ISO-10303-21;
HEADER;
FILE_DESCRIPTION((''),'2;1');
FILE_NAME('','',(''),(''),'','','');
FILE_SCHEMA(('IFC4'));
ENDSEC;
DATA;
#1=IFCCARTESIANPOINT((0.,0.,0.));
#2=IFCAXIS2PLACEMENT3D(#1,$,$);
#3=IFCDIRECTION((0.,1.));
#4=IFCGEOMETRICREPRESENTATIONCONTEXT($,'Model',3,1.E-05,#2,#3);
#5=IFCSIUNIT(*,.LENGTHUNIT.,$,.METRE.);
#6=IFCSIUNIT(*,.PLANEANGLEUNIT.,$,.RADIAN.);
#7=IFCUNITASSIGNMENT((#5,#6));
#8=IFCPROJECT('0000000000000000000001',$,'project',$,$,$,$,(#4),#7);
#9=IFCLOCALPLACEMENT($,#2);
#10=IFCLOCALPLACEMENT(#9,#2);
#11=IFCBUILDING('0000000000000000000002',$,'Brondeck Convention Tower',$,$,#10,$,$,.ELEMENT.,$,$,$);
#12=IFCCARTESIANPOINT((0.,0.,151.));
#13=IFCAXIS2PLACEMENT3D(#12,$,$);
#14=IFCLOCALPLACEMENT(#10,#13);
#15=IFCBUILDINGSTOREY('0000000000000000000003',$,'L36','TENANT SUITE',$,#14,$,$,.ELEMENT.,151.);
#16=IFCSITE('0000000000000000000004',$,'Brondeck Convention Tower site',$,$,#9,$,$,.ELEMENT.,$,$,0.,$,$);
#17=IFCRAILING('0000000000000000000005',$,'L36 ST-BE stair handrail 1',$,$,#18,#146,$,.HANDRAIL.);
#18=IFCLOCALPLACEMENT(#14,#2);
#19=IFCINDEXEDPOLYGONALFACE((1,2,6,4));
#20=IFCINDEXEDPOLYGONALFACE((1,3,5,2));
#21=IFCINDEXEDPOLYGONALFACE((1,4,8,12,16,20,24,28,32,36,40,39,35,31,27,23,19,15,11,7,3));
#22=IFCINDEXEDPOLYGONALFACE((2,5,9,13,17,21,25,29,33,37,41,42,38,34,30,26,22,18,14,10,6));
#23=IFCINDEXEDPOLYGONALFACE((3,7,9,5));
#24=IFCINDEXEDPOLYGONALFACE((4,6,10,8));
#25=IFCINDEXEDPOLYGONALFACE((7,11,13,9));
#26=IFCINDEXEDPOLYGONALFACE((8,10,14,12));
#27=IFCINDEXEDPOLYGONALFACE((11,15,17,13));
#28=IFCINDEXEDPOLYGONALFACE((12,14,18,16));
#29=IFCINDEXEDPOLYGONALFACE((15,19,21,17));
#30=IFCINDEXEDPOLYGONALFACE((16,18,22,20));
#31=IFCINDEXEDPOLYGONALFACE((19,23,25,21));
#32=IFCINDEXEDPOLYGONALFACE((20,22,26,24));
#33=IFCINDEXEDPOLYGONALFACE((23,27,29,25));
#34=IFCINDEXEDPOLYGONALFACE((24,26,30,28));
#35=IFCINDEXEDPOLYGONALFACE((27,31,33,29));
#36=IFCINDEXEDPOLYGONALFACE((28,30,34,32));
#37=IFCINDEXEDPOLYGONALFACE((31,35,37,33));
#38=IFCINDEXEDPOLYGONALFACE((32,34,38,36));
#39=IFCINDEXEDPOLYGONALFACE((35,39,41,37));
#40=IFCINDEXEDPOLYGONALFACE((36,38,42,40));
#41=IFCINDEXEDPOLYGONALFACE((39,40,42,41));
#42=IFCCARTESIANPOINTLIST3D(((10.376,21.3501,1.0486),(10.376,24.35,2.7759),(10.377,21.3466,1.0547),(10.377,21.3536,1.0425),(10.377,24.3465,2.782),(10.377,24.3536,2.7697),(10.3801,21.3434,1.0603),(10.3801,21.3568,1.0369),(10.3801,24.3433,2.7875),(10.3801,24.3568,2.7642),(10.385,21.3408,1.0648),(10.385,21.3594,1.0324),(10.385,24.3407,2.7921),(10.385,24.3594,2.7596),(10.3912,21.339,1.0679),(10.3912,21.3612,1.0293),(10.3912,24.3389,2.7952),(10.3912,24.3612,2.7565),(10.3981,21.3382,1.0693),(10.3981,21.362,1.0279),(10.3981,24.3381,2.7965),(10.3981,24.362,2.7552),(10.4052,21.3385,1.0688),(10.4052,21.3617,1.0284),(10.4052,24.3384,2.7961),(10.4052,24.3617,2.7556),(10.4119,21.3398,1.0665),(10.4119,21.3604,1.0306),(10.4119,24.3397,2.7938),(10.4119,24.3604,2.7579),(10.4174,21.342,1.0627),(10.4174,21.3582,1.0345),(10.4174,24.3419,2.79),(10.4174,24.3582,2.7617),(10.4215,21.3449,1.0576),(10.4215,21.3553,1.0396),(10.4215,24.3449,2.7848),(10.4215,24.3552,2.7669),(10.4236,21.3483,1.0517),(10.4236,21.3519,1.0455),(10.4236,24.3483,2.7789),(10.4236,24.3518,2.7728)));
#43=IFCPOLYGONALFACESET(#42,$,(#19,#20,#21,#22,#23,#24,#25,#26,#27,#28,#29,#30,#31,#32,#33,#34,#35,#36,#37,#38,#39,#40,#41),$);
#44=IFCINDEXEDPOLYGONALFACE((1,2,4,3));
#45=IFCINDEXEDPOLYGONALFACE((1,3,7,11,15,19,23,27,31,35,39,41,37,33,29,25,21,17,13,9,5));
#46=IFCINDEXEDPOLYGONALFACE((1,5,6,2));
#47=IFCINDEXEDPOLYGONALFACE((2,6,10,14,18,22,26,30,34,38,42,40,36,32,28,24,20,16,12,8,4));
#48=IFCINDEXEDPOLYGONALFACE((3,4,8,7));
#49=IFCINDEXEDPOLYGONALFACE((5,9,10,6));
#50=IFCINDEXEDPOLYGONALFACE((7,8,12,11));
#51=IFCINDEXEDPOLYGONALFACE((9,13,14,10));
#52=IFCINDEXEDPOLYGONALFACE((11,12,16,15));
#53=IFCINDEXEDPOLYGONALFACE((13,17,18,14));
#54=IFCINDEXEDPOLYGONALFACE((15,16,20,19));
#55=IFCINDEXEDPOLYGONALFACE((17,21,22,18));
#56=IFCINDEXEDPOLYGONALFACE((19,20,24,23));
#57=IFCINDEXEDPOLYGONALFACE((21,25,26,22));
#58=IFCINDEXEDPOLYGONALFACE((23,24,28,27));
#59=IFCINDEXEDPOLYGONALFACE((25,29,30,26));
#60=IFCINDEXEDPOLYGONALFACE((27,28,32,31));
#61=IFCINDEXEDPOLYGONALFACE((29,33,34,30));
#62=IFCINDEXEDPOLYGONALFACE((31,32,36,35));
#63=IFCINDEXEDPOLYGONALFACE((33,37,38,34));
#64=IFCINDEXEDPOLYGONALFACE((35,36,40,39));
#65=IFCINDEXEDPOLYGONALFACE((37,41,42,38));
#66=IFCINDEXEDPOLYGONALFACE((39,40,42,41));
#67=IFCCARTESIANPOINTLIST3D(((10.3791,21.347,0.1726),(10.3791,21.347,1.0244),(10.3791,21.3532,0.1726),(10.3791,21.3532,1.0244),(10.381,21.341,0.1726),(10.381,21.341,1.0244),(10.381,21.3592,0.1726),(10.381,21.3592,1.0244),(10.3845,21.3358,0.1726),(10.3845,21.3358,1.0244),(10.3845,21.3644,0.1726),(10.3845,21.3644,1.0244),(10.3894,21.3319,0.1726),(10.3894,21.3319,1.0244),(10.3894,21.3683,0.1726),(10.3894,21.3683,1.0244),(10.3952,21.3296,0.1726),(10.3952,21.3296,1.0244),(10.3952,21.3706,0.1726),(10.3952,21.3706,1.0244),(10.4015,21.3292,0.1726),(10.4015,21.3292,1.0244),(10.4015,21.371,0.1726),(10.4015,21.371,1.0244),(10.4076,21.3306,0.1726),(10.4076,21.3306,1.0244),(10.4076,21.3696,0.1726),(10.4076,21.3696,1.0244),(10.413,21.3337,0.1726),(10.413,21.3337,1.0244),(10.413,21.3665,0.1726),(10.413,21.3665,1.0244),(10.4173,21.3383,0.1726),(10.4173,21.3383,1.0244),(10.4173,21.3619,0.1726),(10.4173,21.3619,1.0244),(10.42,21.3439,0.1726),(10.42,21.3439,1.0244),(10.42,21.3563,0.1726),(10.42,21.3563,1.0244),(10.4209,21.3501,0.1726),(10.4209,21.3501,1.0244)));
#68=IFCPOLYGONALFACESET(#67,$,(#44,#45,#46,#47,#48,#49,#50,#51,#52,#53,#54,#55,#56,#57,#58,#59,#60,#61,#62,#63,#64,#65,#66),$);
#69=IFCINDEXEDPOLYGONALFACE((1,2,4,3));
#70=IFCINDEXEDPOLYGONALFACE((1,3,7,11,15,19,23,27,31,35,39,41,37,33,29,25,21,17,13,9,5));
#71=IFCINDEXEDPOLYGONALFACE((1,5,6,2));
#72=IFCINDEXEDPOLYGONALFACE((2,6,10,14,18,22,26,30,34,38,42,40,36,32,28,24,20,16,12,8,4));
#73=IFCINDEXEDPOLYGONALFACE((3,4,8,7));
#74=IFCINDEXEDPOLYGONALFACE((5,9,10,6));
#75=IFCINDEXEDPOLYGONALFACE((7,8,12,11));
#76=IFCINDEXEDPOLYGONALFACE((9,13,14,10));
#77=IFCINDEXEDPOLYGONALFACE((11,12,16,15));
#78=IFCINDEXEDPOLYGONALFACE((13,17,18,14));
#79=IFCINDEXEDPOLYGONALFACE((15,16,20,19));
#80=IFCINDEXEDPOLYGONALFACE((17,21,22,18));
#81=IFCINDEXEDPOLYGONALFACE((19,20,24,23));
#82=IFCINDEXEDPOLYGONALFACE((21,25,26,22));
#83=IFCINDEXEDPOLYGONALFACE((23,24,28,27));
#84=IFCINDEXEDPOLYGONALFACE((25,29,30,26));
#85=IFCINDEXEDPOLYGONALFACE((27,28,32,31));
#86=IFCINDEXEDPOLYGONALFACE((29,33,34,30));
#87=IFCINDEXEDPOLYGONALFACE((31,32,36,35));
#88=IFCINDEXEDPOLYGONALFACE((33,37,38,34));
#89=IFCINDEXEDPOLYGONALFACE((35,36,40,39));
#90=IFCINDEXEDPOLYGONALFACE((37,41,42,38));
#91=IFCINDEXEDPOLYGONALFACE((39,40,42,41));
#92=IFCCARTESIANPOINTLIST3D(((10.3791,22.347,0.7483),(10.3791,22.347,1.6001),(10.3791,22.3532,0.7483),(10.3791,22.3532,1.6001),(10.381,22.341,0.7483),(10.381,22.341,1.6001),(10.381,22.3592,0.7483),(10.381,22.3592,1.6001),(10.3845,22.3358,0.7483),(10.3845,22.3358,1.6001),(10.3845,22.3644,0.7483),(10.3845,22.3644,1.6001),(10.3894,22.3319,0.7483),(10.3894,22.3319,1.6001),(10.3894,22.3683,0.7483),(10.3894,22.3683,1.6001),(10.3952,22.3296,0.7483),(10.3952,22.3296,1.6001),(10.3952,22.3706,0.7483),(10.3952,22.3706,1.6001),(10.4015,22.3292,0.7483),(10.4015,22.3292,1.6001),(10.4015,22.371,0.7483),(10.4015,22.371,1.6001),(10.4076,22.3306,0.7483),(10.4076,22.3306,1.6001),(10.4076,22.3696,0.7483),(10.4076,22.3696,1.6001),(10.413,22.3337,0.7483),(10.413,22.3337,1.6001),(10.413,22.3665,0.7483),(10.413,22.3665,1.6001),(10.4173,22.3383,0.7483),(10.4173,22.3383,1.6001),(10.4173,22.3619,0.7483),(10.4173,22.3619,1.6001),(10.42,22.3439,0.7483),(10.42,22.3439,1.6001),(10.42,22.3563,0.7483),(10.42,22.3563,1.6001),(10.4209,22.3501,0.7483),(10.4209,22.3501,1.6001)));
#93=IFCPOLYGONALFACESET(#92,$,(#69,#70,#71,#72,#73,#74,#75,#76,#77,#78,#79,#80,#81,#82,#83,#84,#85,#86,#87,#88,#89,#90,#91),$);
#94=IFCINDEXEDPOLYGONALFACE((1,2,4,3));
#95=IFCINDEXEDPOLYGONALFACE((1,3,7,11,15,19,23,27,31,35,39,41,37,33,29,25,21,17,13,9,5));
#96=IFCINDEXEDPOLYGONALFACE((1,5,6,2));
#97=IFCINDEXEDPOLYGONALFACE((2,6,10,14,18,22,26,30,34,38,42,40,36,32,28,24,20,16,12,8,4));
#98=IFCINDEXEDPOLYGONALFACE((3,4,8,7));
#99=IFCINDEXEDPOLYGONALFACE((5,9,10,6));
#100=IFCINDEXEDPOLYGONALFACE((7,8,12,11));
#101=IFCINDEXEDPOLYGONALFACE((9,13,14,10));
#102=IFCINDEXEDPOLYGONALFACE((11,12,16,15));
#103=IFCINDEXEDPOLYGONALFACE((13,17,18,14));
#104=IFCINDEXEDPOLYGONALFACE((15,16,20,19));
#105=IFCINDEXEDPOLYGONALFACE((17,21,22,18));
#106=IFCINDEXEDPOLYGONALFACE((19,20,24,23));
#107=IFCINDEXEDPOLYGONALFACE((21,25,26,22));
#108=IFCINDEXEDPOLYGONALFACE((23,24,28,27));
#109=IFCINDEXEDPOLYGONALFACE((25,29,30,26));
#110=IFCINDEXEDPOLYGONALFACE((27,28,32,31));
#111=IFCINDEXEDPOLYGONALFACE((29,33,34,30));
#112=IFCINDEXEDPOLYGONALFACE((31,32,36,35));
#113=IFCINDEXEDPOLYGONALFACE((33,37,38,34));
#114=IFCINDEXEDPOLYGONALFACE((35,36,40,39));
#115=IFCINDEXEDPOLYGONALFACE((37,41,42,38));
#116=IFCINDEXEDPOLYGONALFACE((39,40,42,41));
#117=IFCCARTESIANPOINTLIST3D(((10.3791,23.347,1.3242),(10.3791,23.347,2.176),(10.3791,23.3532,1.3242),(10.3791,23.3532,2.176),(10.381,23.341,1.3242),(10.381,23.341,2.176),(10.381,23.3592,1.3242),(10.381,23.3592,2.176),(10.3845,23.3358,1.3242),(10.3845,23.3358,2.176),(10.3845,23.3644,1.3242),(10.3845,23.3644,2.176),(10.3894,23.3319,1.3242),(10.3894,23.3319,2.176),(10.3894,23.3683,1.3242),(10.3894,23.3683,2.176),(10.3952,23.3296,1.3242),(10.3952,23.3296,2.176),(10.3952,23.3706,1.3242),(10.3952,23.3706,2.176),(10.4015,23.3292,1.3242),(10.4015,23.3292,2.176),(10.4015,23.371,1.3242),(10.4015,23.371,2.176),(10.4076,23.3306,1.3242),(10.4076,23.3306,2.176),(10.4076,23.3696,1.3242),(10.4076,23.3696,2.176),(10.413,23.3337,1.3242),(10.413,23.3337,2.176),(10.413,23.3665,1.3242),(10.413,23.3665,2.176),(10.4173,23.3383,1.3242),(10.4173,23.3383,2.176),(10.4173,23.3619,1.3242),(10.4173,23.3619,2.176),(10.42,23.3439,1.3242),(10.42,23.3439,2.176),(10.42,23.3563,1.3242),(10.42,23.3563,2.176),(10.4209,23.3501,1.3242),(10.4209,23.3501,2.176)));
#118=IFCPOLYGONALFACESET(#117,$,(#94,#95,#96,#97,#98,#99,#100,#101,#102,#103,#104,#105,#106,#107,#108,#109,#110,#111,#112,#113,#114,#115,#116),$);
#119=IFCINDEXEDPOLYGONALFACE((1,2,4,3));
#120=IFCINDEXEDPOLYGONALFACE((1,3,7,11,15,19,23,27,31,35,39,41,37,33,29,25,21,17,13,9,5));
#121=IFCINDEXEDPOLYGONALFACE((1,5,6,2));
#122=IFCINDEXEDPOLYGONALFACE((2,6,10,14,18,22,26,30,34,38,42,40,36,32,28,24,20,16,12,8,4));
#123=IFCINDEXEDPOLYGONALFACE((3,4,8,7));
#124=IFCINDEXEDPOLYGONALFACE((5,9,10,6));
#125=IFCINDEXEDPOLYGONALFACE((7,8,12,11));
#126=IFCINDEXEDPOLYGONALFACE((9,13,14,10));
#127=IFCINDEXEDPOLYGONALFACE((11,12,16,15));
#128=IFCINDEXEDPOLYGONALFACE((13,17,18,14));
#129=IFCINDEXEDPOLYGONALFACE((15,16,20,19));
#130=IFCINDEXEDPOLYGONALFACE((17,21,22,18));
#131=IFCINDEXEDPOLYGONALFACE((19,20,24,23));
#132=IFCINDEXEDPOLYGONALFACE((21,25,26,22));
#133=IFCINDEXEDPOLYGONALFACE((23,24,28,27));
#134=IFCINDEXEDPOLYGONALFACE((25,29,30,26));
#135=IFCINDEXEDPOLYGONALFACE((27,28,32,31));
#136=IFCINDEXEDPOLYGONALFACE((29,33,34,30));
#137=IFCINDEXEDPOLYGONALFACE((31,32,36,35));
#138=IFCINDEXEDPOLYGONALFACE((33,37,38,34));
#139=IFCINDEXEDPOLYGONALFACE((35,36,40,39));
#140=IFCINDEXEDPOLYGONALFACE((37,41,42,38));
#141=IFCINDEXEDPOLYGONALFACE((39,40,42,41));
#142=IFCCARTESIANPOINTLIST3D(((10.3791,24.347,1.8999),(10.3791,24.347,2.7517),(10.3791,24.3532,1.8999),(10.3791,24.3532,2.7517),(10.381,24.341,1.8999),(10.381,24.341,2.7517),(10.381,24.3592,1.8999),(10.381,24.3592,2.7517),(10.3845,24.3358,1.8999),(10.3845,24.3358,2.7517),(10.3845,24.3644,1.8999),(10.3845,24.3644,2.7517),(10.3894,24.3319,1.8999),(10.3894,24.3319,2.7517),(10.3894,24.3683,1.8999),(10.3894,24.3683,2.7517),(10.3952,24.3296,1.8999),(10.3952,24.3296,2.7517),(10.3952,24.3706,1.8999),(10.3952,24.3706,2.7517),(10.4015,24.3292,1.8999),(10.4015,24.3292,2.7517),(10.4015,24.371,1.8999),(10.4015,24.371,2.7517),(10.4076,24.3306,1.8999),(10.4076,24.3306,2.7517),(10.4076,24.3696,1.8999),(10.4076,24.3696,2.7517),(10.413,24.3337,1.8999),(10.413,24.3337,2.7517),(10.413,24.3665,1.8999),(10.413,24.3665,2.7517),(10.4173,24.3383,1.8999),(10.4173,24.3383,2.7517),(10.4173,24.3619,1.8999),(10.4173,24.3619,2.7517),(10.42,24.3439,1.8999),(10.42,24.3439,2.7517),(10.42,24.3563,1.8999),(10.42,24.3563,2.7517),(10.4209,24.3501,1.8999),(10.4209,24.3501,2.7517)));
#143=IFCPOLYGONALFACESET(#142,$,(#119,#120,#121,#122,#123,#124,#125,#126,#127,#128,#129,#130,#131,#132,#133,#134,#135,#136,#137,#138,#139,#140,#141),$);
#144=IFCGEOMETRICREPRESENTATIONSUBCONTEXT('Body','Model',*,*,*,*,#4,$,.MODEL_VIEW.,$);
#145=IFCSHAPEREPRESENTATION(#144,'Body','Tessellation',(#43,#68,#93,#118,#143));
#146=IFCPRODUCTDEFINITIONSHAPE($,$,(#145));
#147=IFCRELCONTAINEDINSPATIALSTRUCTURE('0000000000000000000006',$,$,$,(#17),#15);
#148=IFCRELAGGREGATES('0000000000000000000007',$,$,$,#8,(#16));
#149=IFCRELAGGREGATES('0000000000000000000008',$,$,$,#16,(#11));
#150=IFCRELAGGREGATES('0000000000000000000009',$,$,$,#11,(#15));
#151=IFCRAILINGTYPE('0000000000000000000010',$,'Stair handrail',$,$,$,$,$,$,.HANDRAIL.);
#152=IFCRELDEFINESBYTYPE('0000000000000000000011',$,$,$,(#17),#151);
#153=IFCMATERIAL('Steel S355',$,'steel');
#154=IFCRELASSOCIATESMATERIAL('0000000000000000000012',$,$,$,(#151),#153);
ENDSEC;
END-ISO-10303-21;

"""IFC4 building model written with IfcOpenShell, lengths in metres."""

from ifc_helpers import new_model, si_unit, direction, frame, origin, origin_2d, place, context, subcontext, project, spatial, circle, extrude, material, type_object, element, save


model = new_model("IFC4")

# Units and contexts
model_context = context("Model", 3, precision=1e-05, world=origin(), true_north=direction((0.0, 1.0)))
body_context = subcontext(model_context, "Body", "Model", "MODEL_VIEW")
ifc_project = project(units=[si_unit("LENGTHUNIT", "METRE"), si_unit("PLANEANGLEUNIT", "RADIAN")], contexts=[model_context])

# Site, building, storey
site_placement = place(None, origin())
site = spatial("IfcSite", under=ifc_project, at=site_placement, Name="Brondeck Convention Tower site", CompositionType="ELEMENT", RefElevation=0.0)
building_placement = place(site_placement, origin())
building = spatial("IfcBuilding", under=site, at=building_placement, Name="Brondeck Convention Tower", CompositionType="ELEMENT")
storey_placement = place(building_placement, frame((0.0, 0.0, 151.0)))
storey = spatial("IfcBuildingStorey", under=building, at=storey_placement, Name="L36", Description="TENANT SUITE", CompositionType="ELEMENT", Elevation=151.0)

# Shared definitions
ifc_material_1 = material(Name="Steel S355", Category="steel")

# Railing
railing_type = type_object("IfcRailingType", Name="Stair handrail", PredefinedType="HANDRAIL", material=ifc_material_1)
railing_placement = place(storey_placement, frame((10.3999, 21.3501, 0.1726)))
element("IfcRailing", 1, at=railing_placement, inside=storey, type_object=railing_type, Name="L36 ST-BE stair handrail 1", PredefinedType="HANDRAIL", context=body_context, shape_type="SweptSolid", body=[
    extrude(circle(Radius=0.0239, at=origin_2d()), frame((0.0, 0.0, 0.876), z_axis=(0.0, 0.86662, 0.498969), x_axis=(-1.0, 0.0, 0.0)), (0.0, 0.0, 1.0), 3.4617),
    extrude(circle(Radius=0.021, at=origin_2d()), origin(), (0.0, 0.0, 1.0), 0.8518),
    extrude(circle(Radius=0.021, at=origin_2d()), frame((0.0, 1.0, 0.5757)), (0.0, 0.0, 1.0), 0.8518),
    extrude(circle(Radius=0.021, at=origin_2d()), frame((0.0, 2.0, 1.1516)), (0.0, 0.0, 1.0), 0.8518),
    extrude(circle(Radius=0.021, at=origin_2d()), frame((0.0, 3.0, 1.7273)), (0.0, 0.0, 1.0), 0.8518),
])

save(model, "model.ifc")
